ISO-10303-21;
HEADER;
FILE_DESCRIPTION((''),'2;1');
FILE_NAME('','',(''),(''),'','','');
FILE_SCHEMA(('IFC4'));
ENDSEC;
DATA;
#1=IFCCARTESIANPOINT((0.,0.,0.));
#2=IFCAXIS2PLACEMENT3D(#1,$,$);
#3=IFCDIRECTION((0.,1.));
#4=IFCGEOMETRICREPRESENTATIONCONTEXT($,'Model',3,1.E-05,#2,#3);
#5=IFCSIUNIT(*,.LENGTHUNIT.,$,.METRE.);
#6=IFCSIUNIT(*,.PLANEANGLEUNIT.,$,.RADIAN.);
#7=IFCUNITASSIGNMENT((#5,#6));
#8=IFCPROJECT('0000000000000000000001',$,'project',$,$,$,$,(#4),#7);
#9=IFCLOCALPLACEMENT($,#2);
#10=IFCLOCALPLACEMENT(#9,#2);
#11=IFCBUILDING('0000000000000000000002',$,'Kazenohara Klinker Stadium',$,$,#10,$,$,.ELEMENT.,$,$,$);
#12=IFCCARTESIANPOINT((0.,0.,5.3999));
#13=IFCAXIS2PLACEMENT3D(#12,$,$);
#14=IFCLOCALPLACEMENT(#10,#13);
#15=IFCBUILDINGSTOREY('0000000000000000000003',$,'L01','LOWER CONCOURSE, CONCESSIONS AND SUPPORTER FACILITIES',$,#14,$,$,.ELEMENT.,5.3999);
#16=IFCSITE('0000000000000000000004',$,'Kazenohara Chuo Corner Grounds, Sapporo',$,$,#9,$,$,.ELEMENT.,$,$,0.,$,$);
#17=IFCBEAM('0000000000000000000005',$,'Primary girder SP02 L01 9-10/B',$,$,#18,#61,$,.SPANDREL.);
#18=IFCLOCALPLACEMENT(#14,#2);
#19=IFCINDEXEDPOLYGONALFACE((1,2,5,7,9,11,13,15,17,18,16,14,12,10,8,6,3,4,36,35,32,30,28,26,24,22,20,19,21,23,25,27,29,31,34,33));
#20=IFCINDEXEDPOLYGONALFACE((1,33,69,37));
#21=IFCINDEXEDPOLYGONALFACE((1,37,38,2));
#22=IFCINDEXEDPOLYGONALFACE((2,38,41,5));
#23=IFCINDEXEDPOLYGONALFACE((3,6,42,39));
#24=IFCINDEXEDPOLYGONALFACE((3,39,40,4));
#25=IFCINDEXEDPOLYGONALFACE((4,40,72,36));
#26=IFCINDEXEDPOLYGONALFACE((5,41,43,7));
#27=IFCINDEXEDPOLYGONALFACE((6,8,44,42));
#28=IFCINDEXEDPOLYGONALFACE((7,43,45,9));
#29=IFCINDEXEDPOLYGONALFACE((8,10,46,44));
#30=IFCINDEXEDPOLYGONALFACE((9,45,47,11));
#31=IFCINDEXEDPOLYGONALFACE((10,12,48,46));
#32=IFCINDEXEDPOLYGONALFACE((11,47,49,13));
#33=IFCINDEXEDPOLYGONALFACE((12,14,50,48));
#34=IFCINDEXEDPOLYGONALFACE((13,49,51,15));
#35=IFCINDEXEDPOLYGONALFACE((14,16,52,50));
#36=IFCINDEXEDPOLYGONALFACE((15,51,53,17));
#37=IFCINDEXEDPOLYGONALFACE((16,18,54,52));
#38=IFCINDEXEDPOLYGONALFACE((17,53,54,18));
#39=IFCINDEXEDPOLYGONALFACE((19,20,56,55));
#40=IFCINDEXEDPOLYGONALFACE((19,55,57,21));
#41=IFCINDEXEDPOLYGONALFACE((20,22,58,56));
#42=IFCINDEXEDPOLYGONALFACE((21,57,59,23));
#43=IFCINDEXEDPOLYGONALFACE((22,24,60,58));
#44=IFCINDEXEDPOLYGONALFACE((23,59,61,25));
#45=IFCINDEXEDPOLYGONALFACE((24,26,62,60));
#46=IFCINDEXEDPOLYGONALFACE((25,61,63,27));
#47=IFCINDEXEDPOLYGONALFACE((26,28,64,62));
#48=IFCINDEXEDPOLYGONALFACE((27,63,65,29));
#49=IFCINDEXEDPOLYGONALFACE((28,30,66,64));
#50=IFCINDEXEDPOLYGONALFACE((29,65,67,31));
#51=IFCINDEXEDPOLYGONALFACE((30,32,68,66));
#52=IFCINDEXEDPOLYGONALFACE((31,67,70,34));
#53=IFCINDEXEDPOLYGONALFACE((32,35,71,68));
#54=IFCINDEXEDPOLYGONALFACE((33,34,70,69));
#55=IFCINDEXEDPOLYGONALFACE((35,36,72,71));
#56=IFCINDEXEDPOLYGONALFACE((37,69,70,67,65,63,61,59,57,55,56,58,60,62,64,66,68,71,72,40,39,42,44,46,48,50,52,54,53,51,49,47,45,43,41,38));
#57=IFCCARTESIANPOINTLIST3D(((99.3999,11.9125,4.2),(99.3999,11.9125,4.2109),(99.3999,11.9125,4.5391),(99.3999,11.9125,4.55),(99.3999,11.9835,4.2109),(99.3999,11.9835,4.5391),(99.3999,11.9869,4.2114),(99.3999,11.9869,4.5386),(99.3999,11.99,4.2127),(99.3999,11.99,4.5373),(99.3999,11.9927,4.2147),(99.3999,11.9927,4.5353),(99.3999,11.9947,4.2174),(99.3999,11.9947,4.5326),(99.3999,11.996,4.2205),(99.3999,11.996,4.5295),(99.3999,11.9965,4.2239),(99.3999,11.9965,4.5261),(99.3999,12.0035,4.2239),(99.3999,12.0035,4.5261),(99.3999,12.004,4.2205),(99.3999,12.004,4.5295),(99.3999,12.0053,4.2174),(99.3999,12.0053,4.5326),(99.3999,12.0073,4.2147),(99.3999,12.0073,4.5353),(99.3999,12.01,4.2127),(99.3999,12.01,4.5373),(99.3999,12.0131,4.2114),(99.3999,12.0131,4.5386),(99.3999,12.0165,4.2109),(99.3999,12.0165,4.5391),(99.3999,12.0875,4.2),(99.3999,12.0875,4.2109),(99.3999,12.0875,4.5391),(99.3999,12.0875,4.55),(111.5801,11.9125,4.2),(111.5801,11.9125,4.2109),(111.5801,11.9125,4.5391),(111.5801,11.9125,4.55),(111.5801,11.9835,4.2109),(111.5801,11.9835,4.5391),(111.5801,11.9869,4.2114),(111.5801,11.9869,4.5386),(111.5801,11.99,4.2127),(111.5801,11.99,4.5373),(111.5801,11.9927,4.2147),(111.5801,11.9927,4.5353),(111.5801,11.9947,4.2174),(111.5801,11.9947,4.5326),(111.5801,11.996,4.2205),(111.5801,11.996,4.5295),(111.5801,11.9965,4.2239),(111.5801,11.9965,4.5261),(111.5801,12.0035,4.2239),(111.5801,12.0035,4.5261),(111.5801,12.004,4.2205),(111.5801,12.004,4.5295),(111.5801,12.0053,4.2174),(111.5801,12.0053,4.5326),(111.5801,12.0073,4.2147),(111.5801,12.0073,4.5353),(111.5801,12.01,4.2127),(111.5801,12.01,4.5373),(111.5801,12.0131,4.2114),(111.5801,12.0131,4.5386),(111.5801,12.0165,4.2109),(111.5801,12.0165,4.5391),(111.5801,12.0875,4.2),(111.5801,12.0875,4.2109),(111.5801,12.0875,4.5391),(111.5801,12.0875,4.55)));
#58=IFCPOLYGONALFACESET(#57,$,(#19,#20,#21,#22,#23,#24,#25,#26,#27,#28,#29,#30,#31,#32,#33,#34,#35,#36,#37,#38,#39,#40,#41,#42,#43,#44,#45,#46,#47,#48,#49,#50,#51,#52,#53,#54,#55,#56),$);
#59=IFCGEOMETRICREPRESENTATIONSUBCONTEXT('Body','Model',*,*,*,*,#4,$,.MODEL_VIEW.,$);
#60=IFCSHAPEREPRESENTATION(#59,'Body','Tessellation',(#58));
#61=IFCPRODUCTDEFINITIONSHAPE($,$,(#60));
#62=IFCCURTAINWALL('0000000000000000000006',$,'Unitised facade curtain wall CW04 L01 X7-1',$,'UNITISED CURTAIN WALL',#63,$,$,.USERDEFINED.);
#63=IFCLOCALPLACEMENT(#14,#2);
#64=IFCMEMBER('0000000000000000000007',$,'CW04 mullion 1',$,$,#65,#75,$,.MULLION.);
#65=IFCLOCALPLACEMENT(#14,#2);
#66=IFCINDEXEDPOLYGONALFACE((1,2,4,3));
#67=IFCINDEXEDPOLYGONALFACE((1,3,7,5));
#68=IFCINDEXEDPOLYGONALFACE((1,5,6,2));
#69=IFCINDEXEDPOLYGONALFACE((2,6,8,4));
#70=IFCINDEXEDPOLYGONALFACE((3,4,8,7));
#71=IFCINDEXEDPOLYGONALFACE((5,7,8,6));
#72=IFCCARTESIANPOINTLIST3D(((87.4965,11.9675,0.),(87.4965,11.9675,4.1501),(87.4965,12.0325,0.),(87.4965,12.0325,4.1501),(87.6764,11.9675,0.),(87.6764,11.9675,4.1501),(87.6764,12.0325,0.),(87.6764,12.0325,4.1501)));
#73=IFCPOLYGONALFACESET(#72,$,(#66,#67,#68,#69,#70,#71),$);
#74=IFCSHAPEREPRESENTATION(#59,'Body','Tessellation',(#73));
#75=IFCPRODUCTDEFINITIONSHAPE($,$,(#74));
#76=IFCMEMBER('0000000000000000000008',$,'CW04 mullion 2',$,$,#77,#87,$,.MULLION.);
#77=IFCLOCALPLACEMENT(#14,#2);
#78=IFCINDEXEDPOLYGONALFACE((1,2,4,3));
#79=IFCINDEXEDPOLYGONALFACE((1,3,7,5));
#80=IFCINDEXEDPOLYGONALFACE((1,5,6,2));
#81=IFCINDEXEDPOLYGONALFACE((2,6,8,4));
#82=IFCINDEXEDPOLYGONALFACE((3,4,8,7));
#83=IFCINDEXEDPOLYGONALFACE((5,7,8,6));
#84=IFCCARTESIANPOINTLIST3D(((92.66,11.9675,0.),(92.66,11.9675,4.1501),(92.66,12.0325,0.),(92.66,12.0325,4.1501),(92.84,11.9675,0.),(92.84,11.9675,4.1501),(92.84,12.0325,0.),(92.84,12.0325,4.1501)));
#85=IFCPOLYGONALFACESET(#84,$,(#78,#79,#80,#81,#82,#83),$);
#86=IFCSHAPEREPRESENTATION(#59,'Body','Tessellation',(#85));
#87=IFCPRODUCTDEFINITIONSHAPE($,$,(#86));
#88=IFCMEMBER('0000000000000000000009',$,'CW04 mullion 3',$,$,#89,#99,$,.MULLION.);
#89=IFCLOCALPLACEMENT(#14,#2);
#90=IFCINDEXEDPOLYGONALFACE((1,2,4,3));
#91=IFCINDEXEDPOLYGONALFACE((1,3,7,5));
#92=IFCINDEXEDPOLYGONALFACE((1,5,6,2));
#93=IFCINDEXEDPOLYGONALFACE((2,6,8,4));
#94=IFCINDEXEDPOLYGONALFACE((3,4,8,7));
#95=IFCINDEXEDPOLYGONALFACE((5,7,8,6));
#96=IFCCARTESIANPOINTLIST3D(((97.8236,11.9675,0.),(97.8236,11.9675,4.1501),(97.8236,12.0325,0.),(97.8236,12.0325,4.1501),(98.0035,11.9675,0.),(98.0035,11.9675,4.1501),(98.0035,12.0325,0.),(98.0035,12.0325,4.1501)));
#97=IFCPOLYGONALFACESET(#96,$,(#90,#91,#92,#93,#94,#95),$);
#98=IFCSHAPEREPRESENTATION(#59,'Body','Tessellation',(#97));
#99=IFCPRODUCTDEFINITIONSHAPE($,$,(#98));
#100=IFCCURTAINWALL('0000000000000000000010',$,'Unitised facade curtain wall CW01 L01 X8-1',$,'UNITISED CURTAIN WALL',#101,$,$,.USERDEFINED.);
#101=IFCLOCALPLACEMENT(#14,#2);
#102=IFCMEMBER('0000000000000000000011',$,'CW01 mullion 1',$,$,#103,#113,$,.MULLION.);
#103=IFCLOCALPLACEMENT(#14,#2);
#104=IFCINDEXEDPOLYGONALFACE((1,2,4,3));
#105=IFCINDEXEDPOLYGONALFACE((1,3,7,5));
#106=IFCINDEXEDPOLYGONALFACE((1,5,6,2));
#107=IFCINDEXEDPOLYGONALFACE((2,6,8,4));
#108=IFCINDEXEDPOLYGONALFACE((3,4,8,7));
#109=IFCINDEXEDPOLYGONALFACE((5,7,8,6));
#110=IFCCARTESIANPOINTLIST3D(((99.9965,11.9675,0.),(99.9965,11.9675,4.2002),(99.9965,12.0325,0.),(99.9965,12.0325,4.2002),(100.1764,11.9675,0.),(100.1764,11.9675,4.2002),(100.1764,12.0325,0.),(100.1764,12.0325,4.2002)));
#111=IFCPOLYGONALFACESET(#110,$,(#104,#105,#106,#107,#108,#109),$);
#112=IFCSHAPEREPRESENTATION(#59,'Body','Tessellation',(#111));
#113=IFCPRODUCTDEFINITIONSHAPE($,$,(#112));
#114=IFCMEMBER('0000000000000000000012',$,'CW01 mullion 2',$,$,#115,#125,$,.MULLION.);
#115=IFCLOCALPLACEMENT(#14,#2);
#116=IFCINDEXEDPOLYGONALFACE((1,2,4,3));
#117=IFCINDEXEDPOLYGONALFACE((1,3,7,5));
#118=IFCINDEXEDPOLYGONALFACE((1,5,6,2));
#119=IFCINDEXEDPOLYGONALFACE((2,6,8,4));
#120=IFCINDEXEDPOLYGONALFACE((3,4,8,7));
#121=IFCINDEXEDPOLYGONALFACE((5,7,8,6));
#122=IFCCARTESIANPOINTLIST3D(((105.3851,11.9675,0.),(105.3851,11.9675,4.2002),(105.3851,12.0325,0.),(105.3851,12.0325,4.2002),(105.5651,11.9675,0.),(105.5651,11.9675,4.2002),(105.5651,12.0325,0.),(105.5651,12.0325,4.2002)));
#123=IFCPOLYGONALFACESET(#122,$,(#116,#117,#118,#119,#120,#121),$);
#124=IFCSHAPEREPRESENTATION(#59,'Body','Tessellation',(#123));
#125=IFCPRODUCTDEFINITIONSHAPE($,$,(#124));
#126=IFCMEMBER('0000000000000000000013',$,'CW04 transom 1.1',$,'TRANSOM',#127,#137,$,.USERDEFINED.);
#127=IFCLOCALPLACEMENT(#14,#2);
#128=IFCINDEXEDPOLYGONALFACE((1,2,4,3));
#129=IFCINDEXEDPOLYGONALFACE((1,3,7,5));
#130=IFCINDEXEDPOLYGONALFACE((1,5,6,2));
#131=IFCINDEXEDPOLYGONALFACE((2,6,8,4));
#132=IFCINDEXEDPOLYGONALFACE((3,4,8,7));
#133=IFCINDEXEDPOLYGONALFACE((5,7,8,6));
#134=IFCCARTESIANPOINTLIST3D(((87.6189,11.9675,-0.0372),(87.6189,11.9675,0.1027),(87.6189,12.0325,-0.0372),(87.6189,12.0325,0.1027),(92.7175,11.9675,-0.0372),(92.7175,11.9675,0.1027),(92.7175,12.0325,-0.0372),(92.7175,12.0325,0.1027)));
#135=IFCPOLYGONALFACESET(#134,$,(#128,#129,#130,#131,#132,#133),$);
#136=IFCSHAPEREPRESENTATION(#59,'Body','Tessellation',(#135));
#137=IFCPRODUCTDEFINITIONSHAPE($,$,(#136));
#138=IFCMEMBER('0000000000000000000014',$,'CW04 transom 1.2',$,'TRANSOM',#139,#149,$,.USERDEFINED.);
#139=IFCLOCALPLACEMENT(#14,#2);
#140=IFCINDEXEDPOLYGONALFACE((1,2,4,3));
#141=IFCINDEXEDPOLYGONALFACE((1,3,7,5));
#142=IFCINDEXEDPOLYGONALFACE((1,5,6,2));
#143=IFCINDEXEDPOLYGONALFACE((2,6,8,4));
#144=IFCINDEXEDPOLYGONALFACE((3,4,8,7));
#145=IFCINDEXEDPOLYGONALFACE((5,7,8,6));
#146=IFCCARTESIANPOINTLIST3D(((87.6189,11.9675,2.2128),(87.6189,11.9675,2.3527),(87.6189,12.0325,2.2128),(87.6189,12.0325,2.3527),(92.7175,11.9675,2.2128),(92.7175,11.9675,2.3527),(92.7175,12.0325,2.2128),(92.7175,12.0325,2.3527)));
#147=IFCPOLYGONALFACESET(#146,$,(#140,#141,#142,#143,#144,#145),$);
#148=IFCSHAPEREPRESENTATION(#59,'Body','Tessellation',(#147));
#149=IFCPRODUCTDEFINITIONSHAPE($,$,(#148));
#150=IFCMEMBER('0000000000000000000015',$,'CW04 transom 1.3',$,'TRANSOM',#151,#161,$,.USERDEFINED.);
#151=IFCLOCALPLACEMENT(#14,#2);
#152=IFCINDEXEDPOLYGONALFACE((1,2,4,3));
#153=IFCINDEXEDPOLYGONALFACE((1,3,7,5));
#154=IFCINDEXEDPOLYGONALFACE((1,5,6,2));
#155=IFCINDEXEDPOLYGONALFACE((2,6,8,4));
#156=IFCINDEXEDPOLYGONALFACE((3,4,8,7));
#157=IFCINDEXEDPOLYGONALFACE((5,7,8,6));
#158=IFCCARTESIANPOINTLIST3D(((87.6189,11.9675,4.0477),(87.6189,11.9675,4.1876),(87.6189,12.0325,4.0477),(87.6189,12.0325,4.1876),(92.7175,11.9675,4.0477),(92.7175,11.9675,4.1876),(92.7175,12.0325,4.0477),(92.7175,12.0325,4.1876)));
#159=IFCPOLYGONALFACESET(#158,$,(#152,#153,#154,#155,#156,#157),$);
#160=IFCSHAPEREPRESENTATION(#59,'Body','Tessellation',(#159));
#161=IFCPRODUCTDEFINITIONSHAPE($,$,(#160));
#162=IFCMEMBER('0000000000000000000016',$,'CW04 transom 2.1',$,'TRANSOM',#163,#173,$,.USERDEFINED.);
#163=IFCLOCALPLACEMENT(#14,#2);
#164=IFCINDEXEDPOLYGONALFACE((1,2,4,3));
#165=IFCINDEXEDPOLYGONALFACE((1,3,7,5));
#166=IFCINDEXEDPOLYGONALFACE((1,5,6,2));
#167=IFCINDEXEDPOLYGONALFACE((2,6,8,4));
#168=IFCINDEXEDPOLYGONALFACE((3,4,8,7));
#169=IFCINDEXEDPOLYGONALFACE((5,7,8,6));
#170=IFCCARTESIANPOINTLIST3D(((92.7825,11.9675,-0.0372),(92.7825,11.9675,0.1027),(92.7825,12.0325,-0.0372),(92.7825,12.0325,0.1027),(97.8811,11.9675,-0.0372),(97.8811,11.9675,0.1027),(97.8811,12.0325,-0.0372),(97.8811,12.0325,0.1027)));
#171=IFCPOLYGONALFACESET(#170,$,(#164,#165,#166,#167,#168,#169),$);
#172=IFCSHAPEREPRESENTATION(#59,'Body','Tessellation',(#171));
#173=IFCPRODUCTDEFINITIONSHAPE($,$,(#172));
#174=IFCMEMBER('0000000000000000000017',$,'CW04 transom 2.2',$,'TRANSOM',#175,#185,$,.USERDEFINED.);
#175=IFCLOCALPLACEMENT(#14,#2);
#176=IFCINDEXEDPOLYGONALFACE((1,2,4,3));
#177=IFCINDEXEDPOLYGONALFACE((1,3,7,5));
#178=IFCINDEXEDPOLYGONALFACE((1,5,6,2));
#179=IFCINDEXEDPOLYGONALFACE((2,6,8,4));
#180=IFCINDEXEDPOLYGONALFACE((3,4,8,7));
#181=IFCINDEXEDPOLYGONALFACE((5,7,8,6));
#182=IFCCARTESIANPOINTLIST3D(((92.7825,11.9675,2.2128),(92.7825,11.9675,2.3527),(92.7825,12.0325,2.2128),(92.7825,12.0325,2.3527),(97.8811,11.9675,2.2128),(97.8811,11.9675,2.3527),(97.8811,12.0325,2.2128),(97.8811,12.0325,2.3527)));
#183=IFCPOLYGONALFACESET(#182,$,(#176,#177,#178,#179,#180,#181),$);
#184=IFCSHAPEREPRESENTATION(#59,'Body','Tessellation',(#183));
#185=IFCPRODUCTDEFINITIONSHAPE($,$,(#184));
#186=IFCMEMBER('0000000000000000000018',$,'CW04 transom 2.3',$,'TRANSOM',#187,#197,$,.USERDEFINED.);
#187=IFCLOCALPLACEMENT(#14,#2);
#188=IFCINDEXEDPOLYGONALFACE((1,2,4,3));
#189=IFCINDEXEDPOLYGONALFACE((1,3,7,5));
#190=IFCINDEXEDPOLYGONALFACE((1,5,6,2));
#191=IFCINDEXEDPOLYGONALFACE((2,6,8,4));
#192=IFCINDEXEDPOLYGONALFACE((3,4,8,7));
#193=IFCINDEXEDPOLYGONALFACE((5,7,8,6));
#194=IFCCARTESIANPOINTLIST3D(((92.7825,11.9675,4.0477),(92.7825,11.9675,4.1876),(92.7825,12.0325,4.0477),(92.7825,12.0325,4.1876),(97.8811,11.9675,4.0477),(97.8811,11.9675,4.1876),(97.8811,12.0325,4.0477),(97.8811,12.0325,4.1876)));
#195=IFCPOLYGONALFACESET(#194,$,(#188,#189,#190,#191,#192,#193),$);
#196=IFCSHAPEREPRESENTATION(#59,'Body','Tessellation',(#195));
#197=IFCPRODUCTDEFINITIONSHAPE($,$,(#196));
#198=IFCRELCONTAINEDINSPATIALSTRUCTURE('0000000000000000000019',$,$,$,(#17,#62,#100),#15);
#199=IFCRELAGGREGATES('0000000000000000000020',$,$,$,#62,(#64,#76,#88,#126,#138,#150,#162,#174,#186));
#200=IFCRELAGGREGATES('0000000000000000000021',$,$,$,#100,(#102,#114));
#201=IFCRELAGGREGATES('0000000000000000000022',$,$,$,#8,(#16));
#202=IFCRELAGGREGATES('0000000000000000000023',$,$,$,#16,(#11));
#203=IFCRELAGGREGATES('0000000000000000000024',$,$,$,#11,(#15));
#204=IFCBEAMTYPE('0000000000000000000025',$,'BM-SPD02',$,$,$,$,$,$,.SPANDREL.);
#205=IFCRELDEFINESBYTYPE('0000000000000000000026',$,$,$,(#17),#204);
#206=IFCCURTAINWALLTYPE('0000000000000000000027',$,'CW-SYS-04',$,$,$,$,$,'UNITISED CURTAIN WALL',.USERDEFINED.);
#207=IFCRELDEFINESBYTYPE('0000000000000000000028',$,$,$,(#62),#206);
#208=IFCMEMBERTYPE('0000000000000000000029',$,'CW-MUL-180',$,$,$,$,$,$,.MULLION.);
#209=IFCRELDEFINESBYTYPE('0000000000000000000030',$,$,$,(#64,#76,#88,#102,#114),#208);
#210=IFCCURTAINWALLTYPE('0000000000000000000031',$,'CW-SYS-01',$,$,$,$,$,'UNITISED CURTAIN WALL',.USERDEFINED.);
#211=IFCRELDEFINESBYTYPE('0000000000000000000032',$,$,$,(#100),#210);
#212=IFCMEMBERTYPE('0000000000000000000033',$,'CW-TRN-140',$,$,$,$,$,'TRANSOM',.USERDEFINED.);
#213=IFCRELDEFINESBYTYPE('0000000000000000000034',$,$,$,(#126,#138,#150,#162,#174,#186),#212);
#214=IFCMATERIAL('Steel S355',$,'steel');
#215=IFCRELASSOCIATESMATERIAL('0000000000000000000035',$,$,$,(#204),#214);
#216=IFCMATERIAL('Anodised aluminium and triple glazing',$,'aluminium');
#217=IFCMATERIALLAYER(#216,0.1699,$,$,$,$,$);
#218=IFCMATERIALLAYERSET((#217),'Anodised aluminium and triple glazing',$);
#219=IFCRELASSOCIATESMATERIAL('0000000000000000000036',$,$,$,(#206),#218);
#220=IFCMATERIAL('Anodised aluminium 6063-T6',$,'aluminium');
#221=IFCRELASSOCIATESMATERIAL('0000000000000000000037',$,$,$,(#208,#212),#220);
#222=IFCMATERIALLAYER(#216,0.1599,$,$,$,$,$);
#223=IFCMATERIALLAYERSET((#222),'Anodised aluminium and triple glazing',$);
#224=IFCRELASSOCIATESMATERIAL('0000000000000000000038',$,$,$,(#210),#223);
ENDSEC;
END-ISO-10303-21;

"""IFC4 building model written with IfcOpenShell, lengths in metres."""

from ifc_helpers import new_model, si_unit, direction, frame, origin, origin_2d, place, context, subcontext, project, spatial, rectangle, i_section, extrude, material, layer, layer_set, material_profile, profile_set, type_object, element, aggregate, save


model = new_model("IFC4")

# Units and contexts
model_context = context("Model", 3, precision=1e-05, world=origin(), true_north=direction((0.0, 1.0)))
body_context = subcontext(model_context, "Body", "Model", "MODEL_VIEW")
ifc_project = project(units=[si_unit("LENGTHUNIT", "METRE"), si_unit("PLANEANGLEUNIT", "RADIAN")], contexts=[model_context])

# Site, building, storey
site_placement = place(None, origin())
site = spatial("IfcSite", under=ifc_project, at=site_placement, Name="Kazenohara Chuo Corner Grounds, Sapporo", CompositionType="ELEMENT", RefElevation=0.0)
building_placement = place(site_placement, origin())
building = spatial("IfcBuilding", under=site, at=building_placement, Name="Kazenohara Klinker Stadium", CompositionType="ELEMENT")
storey_placement = place(building_placement, frame((0.0, 0.0, 5.3999)))
storey = spatial("IfcBuildingStorey", under=building, at=storey_placement, Name="L01", Description="LOWER CONCOURSE, CONCESSIONS AND SUPPORTER FACILITIES", CompositionType="ELEMENT", Elevation=5.3999)

# Beam
ifc_material_1 = material(Name="Steel S355", Category="steel")
ifc_material_profile_1 = material_profile(ifc_material_1, i_section(OverallWidth=0.175, OverallDepth=0.3501, WebThickness=0.0071, FlangeThickness=0.011, FilletRadius=0.0129, at=origin_2d()), Name="H-350x175x7x11")
ifc_profile_set_1 = profile_set([ifc_material_profile_1], Name="Steel S355")
beam_type_1 = type_object("IfcBeamType", Name="BM-SPD02", PredefinedType="SPANDREL", material=ifc_profile_set_1)
beam_1_placement = place(storey_placement, frame((99.3999, 12.0, 4.375), z_axis=(1.0, 0.0, 0.0), x_axis=(0.0, 1.0, 0.0)))
element("IfcBeam", 1, at=beam_1_placement, inside=storey, type_object=beam_type_1, Name="Primary girder SP02 L01 9-10/B", PredefinedType="SPANDREL", context=body_context, shape_type="SweptSolid", body=[
    extrude(i_section(OverallWidth=0.175, OverallDepth=0.3501, WebThickness=0.0071, FlangeThickness=0.011, FilletRadius=0.0129, at=origin_2d()), origin(), (0.0, 0.0, 1.0), 12.1802),
])

# Curtain walls, members
ifc_material_2 = material(Name="Anodised aluminium and triple glazing", Category="aluminium")
ifc_layer_1 = layer(ifc_material_2, 0.1699)
ifc_layer_set_1 = layer_set([ifc_layer_1], Name="Anodised aluminium and triple glazing")
curtain_wall_type_1 = type_object("IfcCurtainWallType", Name="CW-SYS-04", ElementType="UNITISED CURTAIN WALL", PredefinedType="USERDEFINED", material=ifc_layer_set_1)
curtain_wall_1_placement = place(storey_placement, origin())
curtain_wall_1 = element("IfcCurtainWall", 2, at=curtain_wall_1_placement, inside=storey, type_object=curtain_wall_type_1, Name="Unitised facade curtain wall CW04 L01 X7-1", ObjectType="UNITISED CURTAIN WALL", PredefinedType="USERDEFINED")
ifc_material_3 = material(Name="Anodised aluminium 6063-T6", Category="aluminium")
ifc_material_profile_2 = material_profile(ifc_material_3, rectangle(XDim=0.0649, YDim=0.1799, at=origin_2d()), Name="ALU-MUL-65x180")
ifc_profile_set_2 = profile_set([ifc_material_profile_2], Name="Anodised aluminium 6063-T6")
member_type_1 = type_object("IfcMemberType", Name="CW-MUL-180", PredefinedType="MULLION", material=ifc_profile_set_2)
member_1_placement = place(storey_placement, frame((87.5864, 12.0, 0.0), z_axis=(0.0, 0.0, 1.0), x_axis=(0.0, 1.0, 0.0)))
member_1 = element("IfcMember", 3, at=member_1_placement, type_object=member_type_1, Name="CW04 mullion 1", PredefinedType="MULLION", context=body_context, shape_type="SweptSolid", body=[
    extrude(rectangle(XDim=0.0649, YDim=0.1799, at=origin_2d()), origin(), (0.0, 0.0, 1.0), 4.1501),
])
member_2_placement = place(storey_placement, frame((92.75, 12.0, 0.0), z_axis=(0.0, 0.0, 1.0), x_axis=(0.0, 1.0, 0.0)))
member_2 = element("IfcMember", 4, at=member_2_placement, type_object=member_type_1, Name="CW04 mullion 2", PredefinedType="MULLION", context=body_context, shape_type="SweptSolid", body=[
    extrude(rectangle(XDim=0.0649, YDim=0.1799, at=origin_2d()), origin(), (0.0, 0.0, 1.0), 4.1501),
])
member_3_placement = place(storey_placement, frame((97.9136, 12.0, 0.0), z_axis=(0.0, 0.0, 1.0), x_axis=(0.0, 1.0, 0.0)))
member_3 = element("IfcMember", 5, at=member_3_placement, type_object=member_type_1, Name="CW04 mullion 3", PredefinedType="MULLION", context=body_context, shape_type="SweptSolid", body=[
    extrude(rectangle(XDim=0.0649, YDim=0.1799, at=origin_2d()), origin(), (0.0, 0.0, 1.0), 4.1501),
])
ifc_layer_2 = layer(ifc_material_2, 0.1599)
ifc_layer_set_2 = layer_set([ifc_layer_2], Name="Anodised aluminium and triple glazing")
curtain_wall_type_2 = type_object("IfcCurtainWallType", Name="CW-SYS-01", ElementType="UNITISED CURTAIN WALL", PredefinedType="USERDEFINED", material=ifc_layer_set_2)
curtain_wall_2_placement = place(storey_placement, origin())
curtain_wall_2 = element("IfcCurtainWall", 6, at=curtain_wall_2_placement, inside=storey, type_object=curtain_wall_type_2, Name="Unitised facade curtain wall CW01 L01 X8-1", ObjectType="UNITISED CURTAIN WALL", PredefinedType="USERDEFINED")
member_4_placement = place(storey_placement, frame((100.0864, 12.0, 0.0), z_axis=(0.0, 0.0, 1.0), x_axis=(0.0, 1.0, 0.0)))
member_4 = element("IfcMember", 7, at=member_4_placement, type_object=member_type_1, Name="CW01 mullion 1", PredefinedType="MULLION", context=body_context, shape_type="SweptSolid", body=[
    extrude(rectangle(XDim=0.0649, YDim=0.1799, at=origin_2d()), origin(), (0.0, 0.0, 1.0), 4.2002),
])
member_5_placement = place(storey_placement, frame((105.4751, 12.0, 0.0), z_axis=(0.0, 0.0, 1.0), x_axis=(0.0, 1.0, 0.0)))
member_5 = element("IfcMember", 8, at=member_5_placement, type_object=member_type_1, Name="CW01 mullion 2", PredefinedType="MULLION", context=body_context, shape_type="SweptSolid", body=[
    extrude(rectangle(XDim=0.0649, YDim=0.1799, at=origin_2d()), origin(), (0.0, 0.0, 1.0), 4.2002),
])

# Members
ifc_material_profile_3 = material_profile(ifc_material_3, rectangle(XDim=0.0649, YDim=0.1399, at=origin_2d()), Name="ALU-TRN-65x140")
ifc_profile_set_3 = profile_set([ifc_material_profile_3], Name="Anodised aluminium 6063-T6")
member_type_2 = type_object("IfcMemberType", Name="CW-TRN-140", ElementType="TRANSOM", PredefinedType="USERDEFINED", material=ifc_profile_set_3)
member_6_placement = place(storey_placement, frame((87.6189, 12.0, 0.0327), z_axis=(1.0, 0.0, 0.0), x_axis=(0.0, 1.0, 0.0)))
member_6 = element("IfcMember", 9, at=member_6_placement, type_object=member_type_2, Name="CW04 transom 1.1", ObjectType="TRANSOM", PredefinedType="USERDEFINED", context=body_context, shape_type="SweptSolid", body=[
    extrude(rectangle(XDim=0.0649, YDim=0.1399, at=origin_2d()), origin(), (0.0, 0.0, 1.0), 5.0986),
])
member_7_placement = place(storey_placement, frame((87.6189, 12.0, 2.2827), z_axis=(1.0, 0.0, 0.0), x_axis=(0.0, 1.0, 0.0)))
member_7 = element("IfcMember", 10, at=member_7_placement, type_object=member_type_2, Name="CW04 transom 1.2", ObjectType="TRANSOM", PredefinedType="USERDEFINED", context=body_context, shape_type="SweptSolid", body=[
    extrude(rectangle(XDim=0.0649, YDim=0.1399, at=origin_2d()), origin(), (0.0, 0.0, 1.0), 5.0986),
])
member_8_placement = place(storey_placement, frame((87.6189, 12.0, 4.1177), z_axis=(1.0, 0.0, 0.0), x_axis=(0.0, 1.0, 0.0)))
member_8 = element("IfcMember", 11, at=member_8_placement, type_object=member_type_2, Name="CW04 transom 1.3", ObjectType="TRANSOM", PredefinedType="USERDEFINED", context=body_context, shape_type="SweptSolid", body=[
    extrude(rectangle(XDim=0.0649, YDim=0.1399, at=origin_2d()), origin(), (0.0, 0.0, 1.0), 5.0986),
])
member_9_placement = place(storey_placement, frame((92.7825, 12.0, 0.0327), z_axis=(1.0, 0.0, 0.0), x_axis=(0.0, 1.0, 0.0)))
member_9 = element("IfcMember", 12, at=member_9_placement, type_object=member_type_2, Name="CW04 transom 2.1", ObjectType="TRANSOM", PredefinedType="USERDEFINED", context=body_context, shape_type="SweptSolid", body=[
    extrude(rectangle(XDim=0.0649, YDim=0.1399, at=origin_2d()), origin(), (0.0, 0.0, 1.0), 5.0986),
])
member_10_placement = place(storey_placement, frame((92.7825, 12.0, 2.2827), z_axis=(1.0, 0.0, 0.0), x_axis=(0.0, 1.0, 0.0)))
member_10 = element("IfcMember", 13, at=member_10_placement, type_object=member_type_2, Name="CW04 transom 2.2", ObjectType="TRANSOM", PredefinedType="USERDEFINED", context=body_context, shape_type="SweptSolid", body=[
    extrude(rectangle(XDim=0.0649, YDim=0.1399, at=origin_2d()), origin(), (0.0, 0.0, 1.0), 5.0986),
])
member_11_placement = place(storey_placement, frame((92.7825, 12.0, 4.1177), z_axis=(1.0, 0.0, 0.0), x_axis=(0.0, 1.0, 0.0)))
member_11 = element("IfcMember", 14, at=member_11_placement, type_object=member_type_2, Name="CW04 transom 2.3", ObjectType="TRANSOM", PredefinedType="USERDEFINED", context=body_context, shape_type="SweptSolid", body=[
    extrude(rectangle(XDim=0.0649, YDim=0.1399, at=origin_2d()), origin(), (0.0, 0.0, 1.0), 5.0986),
])

aggregate(curtain_wall_1, [member_1, member_2, member_3, member_6, member_7, member_8, member_9, member_10, member_11])
aggregate(curtain_wall_2, [member_4, member_5])

save(model, "model.ifc")
